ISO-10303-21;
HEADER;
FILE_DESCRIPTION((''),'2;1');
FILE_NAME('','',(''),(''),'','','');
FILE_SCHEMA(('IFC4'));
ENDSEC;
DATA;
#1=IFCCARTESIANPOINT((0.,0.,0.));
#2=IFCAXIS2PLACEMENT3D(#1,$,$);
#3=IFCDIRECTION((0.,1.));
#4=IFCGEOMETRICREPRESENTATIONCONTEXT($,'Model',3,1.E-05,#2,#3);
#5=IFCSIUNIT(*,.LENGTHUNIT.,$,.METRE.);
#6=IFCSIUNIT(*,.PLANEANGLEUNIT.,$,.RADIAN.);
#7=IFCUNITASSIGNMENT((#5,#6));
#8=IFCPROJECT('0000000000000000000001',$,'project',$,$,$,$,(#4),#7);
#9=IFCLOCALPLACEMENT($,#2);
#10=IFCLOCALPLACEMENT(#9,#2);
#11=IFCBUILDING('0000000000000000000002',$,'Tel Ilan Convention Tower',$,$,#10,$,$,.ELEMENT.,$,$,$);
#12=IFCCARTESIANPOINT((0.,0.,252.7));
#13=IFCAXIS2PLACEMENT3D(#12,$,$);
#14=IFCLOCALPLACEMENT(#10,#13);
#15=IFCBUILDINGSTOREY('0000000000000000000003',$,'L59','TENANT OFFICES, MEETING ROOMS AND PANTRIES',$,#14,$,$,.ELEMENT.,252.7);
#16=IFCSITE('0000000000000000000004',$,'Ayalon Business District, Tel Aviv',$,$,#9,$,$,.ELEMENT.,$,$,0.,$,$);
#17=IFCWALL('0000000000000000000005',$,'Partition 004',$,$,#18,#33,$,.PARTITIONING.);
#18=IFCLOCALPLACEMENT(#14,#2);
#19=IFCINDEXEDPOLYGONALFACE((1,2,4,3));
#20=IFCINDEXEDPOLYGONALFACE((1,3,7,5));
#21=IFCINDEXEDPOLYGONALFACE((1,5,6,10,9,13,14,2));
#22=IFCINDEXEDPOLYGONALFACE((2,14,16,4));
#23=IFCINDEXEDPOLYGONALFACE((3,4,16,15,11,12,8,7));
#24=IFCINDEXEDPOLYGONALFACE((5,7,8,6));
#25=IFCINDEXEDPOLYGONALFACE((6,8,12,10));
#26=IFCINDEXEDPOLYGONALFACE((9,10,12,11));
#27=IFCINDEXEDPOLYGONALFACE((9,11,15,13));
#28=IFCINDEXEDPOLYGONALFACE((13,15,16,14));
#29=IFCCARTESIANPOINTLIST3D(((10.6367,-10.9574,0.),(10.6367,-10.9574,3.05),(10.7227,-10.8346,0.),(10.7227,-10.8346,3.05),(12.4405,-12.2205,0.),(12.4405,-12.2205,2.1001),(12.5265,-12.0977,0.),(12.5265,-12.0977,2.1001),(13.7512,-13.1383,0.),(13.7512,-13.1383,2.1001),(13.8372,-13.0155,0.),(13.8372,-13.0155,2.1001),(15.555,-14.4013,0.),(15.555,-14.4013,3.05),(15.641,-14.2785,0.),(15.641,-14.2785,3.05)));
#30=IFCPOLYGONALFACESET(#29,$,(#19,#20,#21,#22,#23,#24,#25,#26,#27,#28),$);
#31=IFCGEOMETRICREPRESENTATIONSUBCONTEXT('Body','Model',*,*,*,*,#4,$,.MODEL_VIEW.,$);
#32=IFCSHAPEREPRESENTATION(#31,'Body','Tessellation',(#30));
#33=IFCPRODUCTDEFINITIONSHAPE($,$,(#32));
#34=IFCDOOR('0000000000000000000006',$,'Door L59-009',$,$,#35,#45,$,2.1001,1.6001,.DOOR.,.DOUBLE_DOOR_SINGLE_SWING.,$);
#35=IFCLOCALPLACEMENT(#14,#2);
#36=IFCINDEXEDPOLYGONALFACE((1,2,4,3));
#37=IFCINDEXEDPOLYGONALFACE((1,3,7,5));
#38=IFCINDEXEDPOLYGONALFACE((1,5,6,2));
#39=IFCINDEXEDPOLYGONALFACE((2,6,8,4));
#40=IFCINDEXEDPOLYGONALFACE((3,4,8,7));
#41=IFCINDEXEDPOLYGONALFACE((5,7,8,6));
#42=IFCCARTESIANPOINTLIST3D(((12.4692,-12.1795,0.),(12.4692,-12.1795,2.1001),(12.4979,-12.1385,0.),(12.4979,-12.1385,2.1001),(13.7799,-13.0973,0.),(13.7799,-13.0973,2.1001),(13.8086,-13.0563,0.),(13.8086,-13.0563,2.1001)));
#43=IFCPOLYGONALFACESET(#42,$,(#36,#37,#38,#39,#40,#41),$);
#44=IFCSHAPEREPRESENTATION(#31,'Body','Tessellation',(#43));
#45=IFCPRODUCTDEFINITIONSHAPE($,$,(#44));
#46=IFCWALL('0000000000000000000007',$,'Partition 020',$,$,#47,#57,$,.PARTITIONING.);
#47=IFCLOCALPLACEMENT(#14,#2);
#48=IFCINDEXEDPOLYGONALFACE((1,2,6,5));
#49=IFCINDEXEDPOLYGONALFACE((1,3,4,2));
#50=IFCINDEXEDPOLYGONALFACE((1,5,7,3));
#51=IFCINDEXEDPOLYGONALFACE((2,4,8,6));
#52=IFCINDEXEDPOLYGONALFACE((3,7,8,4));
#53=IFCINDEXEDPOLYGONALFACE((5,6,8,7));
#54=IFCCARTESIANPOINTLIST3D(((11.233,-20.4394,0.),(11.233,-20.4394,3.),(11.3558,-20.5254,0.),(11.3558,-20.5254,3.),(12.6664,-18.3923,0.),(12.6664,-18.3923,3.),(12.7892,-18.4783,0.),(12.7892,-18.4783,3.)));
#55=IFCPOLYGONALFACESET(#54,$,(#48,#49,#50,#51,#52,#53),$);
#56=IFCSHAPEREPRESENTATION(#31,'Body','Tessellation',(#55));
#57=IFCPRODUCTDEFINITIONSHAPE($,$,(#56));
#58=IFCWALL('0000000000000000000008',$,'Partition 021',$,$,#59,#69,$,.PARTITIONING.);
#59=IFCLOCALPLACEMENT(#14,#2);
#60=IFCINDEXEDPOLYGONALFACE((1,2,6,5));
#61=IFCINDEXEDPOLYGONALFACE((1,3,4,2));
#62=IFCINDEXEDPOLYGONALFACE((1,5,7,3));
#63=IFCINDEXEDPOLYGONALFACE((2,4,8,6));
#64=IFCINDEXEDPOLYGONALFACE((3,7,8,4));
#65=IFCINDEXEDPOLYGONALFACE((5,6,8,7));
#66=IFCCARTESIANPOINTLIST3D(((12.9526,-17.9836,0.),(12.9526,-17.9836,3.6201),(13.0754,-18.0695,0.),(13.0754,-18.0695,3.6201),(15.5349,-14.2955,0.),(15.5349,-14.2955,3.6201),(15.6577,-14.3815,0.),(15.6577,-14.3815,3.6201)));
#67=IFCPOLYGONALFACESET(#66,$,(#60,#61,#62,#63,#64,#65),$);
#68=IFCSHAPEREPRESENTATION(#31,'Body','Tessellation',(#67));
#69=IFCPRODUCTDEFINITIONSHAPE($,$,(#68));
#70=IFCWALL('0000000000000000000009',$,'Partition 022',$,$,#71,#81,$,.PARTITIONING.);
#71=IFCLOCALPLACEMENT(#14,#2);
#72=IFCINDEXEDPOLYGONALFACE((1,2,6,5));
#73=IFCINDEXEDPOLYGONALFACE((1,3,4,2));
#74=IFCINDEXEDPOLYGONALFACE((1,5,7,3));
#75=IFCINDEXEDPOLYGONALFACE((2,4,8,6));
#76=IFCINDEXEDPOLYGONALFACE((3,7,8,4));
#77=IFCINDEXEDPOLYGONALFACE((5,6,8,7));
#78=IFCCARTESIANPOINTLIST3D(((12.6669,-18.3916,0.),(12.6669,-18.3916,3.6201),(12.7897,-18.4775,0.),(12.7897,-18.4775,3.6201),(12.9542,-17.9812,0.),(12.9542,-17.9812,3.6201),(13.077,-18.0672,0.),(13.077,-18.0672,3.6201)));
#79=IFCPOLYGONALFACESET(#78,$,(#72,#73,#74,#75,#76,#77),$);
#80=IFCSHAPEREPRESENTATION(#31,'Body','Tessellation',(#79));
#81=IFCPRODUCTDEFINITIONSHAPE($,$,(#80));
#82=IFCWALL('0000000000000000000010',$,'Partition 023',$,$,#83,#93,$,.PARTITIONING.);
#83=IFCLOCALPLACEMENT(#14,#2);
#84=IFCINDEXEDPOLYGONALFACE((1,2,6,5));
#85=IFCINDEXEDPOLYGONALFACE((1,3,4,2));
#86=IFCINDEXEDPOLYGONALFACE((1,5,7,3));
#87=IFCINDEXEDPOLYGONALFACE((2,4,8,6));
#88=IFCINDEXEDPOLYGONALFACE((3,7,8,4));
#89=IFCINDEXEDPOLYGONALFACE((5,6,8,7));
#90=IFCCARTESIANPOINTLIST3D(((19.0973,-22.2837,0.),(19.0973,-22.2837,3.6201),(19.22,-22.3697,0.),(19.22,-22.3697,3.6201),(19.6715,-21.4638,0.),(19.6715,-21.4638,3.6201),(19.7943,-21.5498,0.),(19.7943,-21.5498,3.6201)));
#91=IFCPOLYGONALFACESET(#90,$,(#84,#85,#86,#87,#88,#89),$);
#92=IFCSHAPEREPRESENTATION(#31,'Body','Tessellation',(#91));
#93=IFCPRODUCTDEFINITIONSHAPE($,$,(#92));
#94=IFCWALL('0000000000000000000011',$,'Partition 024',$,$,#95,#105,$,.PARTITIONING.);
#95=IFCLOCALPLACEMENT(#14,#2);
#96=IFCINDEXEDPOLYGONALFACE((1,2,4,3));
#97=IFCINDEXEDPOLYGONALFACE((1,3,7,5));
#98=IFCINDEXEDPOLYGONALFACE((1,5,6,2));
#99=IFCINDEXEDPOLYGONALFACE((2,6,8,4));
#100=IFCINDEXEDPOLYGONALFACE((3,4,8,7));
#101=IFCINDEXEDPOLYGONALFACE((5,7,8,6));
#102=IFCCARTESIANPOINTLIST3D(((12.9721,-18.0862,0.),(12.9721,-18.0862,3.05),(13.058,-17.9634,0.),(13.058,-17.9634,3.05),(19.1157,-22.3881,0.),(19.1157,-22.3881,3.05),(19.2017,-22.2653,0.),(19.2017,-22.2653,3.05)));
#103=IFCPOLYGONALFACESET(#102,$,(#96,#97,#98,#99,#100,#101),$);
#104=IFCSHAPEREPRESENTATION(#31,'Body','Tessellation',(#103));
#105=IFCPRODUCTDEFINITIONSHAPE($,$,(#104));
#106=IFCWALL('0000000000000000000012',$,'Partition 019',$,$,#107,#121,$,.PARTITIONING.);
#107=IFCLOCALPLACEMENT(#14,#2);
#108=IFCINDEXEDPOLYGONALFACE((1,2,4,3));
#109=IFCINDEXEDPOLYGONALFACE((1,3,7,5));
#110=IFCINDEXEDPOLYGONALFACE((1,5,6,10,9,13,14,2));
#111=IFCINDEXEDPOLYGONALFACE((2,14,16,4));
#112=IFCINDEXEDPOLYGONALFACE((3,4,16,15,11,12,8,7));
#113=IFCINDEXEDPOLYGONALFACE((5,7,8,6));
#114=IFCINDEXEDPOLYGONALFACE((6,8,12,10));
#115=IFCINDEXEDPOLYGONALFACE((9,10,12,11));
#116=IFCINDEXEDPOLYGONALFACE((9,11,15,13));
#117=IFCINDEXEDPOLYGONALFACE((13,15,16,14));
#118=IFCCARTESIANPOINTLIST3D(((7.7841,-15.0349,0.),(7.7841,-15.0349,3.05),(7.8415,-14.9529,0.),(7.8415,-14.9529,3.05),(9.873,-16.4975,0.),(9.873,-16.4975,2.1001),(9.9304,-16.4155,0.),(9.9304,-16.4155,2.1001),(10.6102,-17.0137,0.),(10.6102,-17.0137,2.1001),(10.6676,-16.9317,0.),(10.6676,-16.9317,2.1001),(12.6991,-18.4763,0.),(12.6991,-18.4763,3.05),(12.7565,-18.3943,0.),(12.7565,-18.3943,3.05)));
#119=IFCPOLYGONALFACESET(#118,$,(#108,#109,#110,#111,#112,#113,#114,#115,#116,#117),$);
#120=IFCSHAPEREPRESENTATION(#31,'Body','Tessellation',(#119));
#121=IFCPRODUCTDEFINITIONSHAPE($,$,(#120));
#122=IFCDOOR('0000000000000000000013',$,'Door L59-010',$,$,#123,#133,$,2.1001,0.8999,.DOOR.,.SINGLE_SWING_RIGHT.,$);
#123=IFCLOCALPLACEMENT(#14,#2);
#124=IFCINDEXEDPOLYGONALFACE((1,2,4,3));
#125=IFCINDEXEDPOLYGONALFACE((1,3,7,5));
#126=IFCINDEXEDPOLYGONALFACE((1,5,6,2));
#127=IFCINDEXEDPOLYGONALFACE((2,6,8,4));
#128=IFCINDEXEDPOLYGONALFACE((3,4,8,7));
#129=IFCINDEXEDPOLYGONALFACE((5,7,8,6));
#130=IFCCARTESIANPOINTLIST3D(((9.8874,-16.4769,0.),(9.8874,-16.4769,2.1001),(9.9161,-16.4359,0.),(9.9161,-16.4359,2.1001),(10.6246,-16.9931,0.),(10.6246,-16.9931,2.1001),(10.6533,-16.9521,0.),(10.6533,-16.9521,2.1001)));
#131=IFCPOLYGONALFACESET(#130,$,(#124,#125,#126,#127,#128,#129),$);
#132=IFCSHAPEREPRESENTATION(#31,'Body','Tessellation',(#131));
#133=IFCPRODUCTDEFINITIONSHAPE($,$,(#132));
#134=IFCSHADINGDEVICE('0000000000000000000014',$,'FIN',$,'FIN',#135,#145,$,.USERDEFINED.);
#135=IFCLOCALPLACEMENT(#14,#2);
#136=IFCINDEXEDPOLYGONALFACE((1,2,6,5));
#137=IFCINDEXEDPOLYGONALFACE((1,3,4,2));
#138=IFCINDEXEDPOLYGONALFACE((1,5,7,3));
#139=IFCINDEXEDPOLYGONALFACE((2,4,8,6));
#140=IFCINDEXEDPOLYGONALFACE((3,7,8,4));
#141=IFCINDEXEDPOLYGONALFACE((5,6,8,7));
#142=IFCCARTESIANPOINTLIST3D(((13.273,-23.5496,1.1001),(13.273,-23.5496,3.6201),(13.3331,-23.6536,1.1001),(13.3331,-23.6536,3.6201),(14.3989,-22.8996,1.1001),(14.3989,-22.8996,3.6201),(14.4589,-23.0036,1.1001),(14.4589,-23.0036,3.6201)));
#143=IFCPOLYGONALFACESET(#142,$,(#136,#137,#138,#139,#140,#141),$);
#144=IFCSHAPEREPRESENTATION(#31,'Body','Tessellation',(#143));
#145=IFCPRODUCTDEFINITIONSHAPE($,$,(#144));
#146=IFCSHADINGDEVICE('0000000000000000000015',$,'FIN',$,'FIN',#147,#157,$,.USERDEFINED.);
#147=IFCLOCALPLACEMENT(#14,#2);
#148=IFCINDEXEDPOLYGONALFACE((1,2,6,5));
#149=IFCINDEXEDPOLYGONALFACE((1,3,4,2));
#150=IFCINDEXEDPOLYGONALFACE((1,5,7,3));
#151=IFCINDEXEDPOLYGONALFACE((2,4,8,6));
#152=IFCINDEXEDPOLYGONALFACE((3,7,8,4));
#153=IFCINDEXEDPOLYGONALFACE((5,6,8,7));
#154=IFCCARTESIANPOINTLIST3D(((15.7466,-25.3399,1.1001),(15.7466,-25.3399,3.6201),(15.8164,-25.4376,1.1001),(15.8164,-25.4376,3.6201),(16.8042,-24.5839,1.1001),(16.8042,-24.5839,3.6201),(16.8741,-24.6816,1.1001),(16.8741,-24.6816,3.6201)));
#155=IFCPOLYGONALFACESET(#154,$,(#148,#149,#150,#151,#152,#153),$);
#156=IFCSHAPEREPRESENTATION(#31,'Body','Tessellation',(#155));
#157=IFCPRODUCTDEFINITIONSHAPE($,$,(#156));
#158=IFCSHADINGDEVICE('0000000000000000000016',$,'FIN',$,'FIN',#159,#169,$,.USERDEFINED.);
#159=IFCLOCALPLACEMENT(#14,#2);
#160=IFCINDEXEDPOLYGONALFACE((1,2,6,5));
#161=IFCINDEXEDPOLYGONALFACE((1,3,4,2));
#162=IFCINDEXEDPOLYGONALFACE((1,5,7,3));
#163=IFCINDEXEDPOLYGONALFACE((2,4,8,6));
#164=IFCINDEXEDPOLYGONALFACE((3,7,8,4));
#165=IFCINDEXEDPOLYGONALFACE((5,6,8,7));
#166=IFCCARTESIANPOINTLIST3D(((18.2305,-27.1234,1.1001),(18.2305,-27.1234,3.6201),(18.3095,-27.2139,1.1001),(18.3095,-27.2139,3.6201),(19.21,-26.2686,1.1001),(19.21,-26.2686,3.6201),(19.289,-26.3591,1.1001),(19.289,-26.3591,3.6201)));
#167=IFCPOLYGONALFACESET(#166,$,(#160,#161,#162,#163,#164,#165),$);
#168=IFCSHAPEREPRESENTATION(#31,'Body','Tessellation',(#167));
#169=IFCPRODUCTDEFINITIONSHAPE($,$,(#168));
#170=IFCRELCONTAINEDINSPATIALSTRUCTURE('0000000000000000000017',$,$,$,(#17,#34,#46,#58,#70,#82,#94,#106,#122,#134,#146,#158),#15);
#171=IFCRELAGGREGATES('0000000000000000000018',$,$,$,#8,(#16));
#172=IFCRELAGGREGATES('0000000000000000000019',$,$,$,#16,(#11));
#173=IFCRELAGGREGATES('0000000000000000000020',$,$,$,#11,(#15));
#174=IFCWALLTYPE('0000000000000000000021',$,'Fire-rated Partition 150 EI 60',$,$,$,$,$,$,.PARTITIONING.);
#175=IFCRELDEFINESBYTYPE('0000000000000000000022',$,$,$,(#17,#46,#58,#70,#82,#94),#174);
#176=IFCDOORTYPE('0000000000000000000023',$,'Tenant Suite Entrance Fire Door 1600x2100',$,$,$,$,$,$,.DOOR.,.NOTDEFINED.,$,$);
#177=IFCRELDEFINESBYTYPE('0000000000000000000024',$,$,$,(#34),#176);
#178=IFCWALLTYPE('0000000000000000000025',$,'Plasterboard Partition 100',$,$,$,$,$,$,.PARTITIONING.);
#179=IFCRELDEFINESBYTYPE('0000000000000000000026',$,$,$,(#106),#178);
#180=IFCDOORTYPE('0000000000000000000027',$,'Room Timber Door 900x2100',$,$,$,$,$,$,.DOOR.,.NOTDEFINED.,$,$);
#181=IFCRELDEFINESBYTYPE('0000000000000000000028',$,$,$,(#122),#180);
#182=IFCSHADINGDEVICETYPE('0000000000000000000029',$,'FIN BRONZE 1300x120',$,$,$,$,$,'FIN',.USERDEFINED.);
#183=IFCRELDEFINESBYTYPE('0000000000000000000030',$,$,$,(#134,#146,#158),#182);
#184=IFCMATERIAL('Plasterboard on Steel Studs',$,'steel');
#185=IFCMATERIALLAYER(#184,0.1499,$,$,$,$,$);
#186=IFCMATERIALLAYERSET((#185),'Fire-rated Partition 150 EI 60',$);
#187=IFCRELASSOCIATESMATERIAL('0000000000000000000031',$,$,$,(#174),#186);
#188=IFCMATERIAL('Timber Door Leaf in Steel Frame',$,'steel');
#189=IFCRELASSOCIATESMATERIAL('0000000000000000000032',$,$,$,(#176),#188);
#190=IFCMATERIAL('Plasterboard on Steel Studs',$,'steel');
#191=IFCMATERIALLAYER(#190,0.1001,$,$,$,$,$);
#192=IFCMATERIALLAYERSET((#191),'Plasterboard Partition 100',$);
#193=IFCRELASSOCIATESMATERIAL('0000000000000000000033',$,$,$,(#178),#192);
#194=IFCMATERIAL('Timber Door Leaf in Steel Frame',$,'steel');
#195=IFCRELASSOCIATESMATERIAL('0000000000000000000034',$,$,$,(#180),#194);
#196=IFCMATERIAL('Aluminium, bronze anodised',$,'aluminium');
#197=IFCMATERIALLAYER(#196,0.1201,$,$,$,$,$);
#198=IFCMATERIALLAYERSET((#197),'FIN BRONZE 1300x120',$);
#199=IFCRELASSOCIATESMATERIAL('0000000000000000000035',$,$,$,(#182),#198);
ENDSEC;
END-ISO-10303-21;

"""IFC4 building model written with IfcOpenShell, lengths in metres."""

from ifc_helpers import new_model, si_unit, direction, frame, frame_2d, origin, origin_2d, place, context, subcontext, project, spatial, rectangle, extrude, material, layer, layer_set, type_object, element, fill, save


model = new_model("IFC4")

# Units and contexts
model_context = context("Model", 3, precision=1e-05, world=origin(), true_north=direction((0.0, 1.0)))
body_context = subcontext(model_context, "Body", "Model", "MODEL_VIEW")
ifc_project = project(units=[si_unit("LENGTHUNIT", "METRE"), si_unit("PLANEANGLEUNIT", "RADIAN")], contexts=[model_context])

# Site, building, storey
site_placement = place(None, origin())
site = spatial("IfcSite", under=ifc_project, at=site_placement, Name="Ayalon Business District, Tel Aviv", CompositionType="ELEMENT", RefElevation=0.0)
building_placement = place(site_placement, origin())
building = spatial("IfcBuilding", under=site, at=building_placement, Name="Tel Ilan Convention Tower", CompositionType="ELEMENT")
storey_placement = place(building_placement, frame((0.0, 0.0, 252.7)))
storey = spatial("IfcBuildingStorey", under=building, at=storey_placement, Name="L59", Description="TENANT OFFICES, MEETING ROOMS AND PANTRIES", CompositionType="ELEMENT", Elevation=252.7)

# Wall, opening, door
ifc_material_1 = material(Name="Plasterboard on Steel Studs", Category="steel")
ifc_layer_1 = layer(ifc_material_1, 0.1499)
ifc_layer_set_1 = layer_set([ifc_layer_1], Name="Fire-rated Partition 150 EI 60")
wall_type_1 = type_object("IfcWallType", Name="Fire-rated Partition 150 EI 60", PredefinedType="PARTITIONING", material=ifc_layer_set_1)
wall_1_placement = place(storey_placement, frame((15.5979, -14.3398, 0.0), z_axis=(0.0, 0.0, 1.0), x_axis=(-0.819146, 0.573585, 0.0)))
wall_1 = element("IfcWall", 1, at=wall_1_placement, inside=storey, type_object=wall_type_1, Name="Partition 004", PredefinedType="PARTITIONING", context=body_context, shape_type="SweptSolid", body=[
    extrude(rectangle(XDim=6.0042, YDim=0.1499, at=frame_2d((3.002, 0.0))), origin(), (0.0, 0.0, 1.0), 3.05),
])
opening_1_placement = place(wall_1_placement, frame((2.2019, 0.0, 0.0)))
opening_1 = element("IfcOpeningElement", 2, at=opening_1_placement, cuts=wall_1, PredefinedType="OPENING", context=body_context, shape_type="SweptSolid", body=[
    extrude(rectangle(XDim=1.6001, YDim=2.1001, at=frame_2d((0.8, 1.05))), frame((0.0, 0.085, 0.0), z_axis=(0.0, -1.0, 0.0), x_axis=(1.0, 0.0, 0.0)), (0.0, 0.0, 1.0), 0.1699),
])
ifc_material_2 = material(Name="Timber Door Leaf in Steel Frame", Category="steel")
door_type_1 = type_object("IfcDoorType", Name="Tenant Suite Entrance Fire Door 1600x2100", OperationType="NOTDEFINED", PredefinedType="DOOR", material=ifc_material_2)
door_1_placement = place(opening_1_placement, origin())
door_1 = element("IfcDoor", 3, at=door_1_placement, inside=storey, type_object=door_type_1, Name="Door L59-009", OperationType="DOUBLE_DOOR_SINGLE_SWING", OverallHeight=2.1001, OverallWidth=1.6001, PredefinedType="DOOR", context=body_context, shape_type="SweptSolid", body=[
    extrude(rectangle(XDim=1.6001, YDim=2.1001, at=frame_2d((0.8, 1.05))), frame((0.0, 0.0249, 0.0), z_axis=(0.0, -1.0, 0.0), x_axis=(1.0, 0.0, 0.0)), (0.0, 0.0, 1.0), 0.05),
])
fill(opening_1, door_1)

# Walls
wall_2_placement = place(storey_placement, frame((12.7278, -18.4353, 0.0), z_axis=(0.0, 0.0, 1.0), x_axis=(-0.573561, -0.819163, 0.0)))
element("IfcWall", 4, at=wall_2_placement, inside=storey, type_object=wall_type_1, Name="Partition 020", PredefinedType="PARTITIONING", context=body_context, shape_type="SweptSolid", body=[
    extrude(rectangle(XDim=2.499, YDim=0.1499, at=frame_2d((1.2495, 0.0))), origin(), (0.0, 0.0, 1.0), 3.0),
])
wall_3_placement = place(storey_placement, frame((15.5962, -14.3386, 0.0), z_axis=(0.0, 0.0, 1.0), x_axis=(-0.573564, -0.819161, 0.0)))
element("IfcWall", 5, at=wall_3_placement, inside=storey, type_object=wall_type_1, Name="Partition 021", PredefinedType="PARTITIONING", context=body_context, shape_type="SweptSolid", body=[
    extrude(rectangle(XDim=4.5022, YDim=0.1499, at=frame_2d((2.251, 0.0))), origin(), (0.0, 0.0, 1.0), 3.6201),
])
wall_4_placement = place(storey_placement, frame((13.0156, -18.0242, 0.0), z_axis=(0.0, 0.0, 1.0), x_axis=(-0.57356, -0.819163, 0.0)))
element("IfcWall", 6, at=wall_4_placement, inside=storey, type_object=wall_type_1, Name="Partition 022", PredefinedType="PARTITIONING", context=body_context, shape_type="SweptSolid", body=[
    extrude(rectangle(XDim=0.501, YDim=0.1499, at=frame_2d((0.2505, 0.0))), origin(), (0.0, 0.0, 1.0), 3.6201),
])
wall_5_placement = place(storey_placement, frame((19.7329, -21.5068, 0.0), z_axis=(0.0, 0.0, 1.0), x_axis=(-0.573692, -0.819071, 0.0)))
element("IfcWall", 7, at=wall_5_placement, inside=storey, type_object=wall_type_1, Name="Partition 023", PredefinedType="PARTITIONING", context=body_context, shape_type="SweptSolid", body=[
    extrude(rectangle(XDim=1.001, YDim=0.1499, at=frame_2d((0.5005, 0.0))), origin(), (0.0, 0.0, 1.0), 3.6201),
])
wall_6_placement = place(storey_placement, frame((19.1587, -22.3267, 0.0), z_axis=(0.0, 0.0, 1.0), x_axis=(-0.819152, 0.573576, 0.0)))
element("IfcWall", 8, at=wall_6_placement, inside=storey, type_object=wall_type_1, Name="Partition 024", PredefinedType="PARTITIONING", context=body_context, shape_type="SweptSolid", body=[
    extrude(rectangle(XDim=7.5, YDim=0.1499, at=frame_2d((3.75, 0.0))), origin(), (0.0, 0.0, 1.0), 3.05),
])

# Wall, opening, door
ifc_material_3 = material(Name="Plasterboard on Steel Studs", Category="steel")
ifc_layer_2 = layer(ifc_material_3, 0.1001)
ifc_layer_set_2 = layer_set([ifc_layer_2], Name="Plasterboard Partition 100")
wall_type_2 = type_object("IfcWallType", Name="Plasterboard Partition 100", PredefinedType="PARTITIONING", material=ifc_layer_set_2)
wall_7_placement = place(storey_placement, frame((12.7278, -18.4353, 0.0), z_axis=(0.0, 0.0, 1.0), x_axis=(-0.819163, 0.573561, 0.0)))
wall_7 = element("IfcWall", 9, at=wall_7_placement, inside=storey, type_object=wall_type_2, Name="Partition 019", PredefinedType="PARTITIONING", context=body_context, shape_type="SweptSolid", body=[
    extrude(rectangle(XDim=6.0, YDim=0.1001, at=frame_2d((3.0, 0.0))), origin(), (0.0, 0.0, 1.0), 3.05),
])
opening_2_placement = place(wall_7_placement, frame((2.55, 0.0, 0.0)))
opening_2 = element("IfcOpeningElement", 10, at=opening_2_placement, cuts=wall_7, PredefinedType="OPENING", context=body_context, shape_type="SweptSolid", body=[
    extrude(rectangle(XDim=0.8999, YDim=2.1001, at=frame_2d((0.45, 1.05))), frame((0.0, 0.0601, 0.0), z_axis=(0.0, -1.0, 0.0), x_axis=(1.0, 0.0, 0.0)), (0.0, 0.0, 1.0), 0.1201),
])
ifc_material_4 = material(Name="Timber Door Leaf in Steel Frame", Category="steel")
door_type_2 = type_object("IfcDoorType", Name="Room Timber Door 900x2100", OperationType="NOTDEFINED", PredefinedType="DOOR", material=ifc_material_4)
door_2_placement = place(opening_2_placement, origin())
door_2 = element("IfcDoor", 11, at=door_2_placement, inside=storey, type_object=door_type_2, Name="Door L59-010", OperationType="SINGLE_SWING_RIGHT", OverallHeight=2.1001, OverallWidth=0.8999, PredefinedType="DOOR", context=body_context, shape_type="SweptSolid", body=[
    extrude(rectangle(XDim=0.8999, YDim=2.1001, at=frame_2d((0.45, 1.05))), frame((0.0, 0.0249, 0.0), z_axis=(0.0, -1.0, 0.0), x_axis=(1.0, 0.0, 0.0)), (0.0, 0.0, 1.0), 0.05),
])
fill(opening_2, door_2)

# Shading devices
ifc_material_5 = material(Name="Aluminium, bronze anodised", Category="aluminium")
ifc_layer_3 = layer(ifc_material_5, 0.1201)
ifc_layer_set_3 = layer_set([ifc_layer_3], Name="FIN BRONZE 1300x120")
shading_device_type = type_object("IfcShadingDeviceType", Name="FIN BRONZE 1300x120", ElementType="FIN", PredefinedType="USERDEFINED", material=ifc_layer_set_3)
for number, where, z_axis, x_axis, name in (
    (12, (13.866, -23.2766, 1.1001), (0.0, 0.0, 1.0), (-0.866025, -0.5, 0.0), "FIN"),
    (13, (16.3103, -25.0107, 1.1001), (0.0, 0.0, 1.0), (-0.813552, -0.581492, 0.0), "FIN"),
    (14, (18.7598, -26.7412, 1.1001), (0.0, 0.0, 1.0), (-0.753436, -0.657521, 0.0), "FIN"),
):
    element("IfcShadingDevice", number, at=place(storey_placement, frame(where, z_axis=z_axis, x_axis=x_axis)), inside=storey, type_object=shading_device_type, Name=name, ObjectType="FIN", PredefinedType="USERDEFINED", context=body_context, shape_type="SweptSolid", body=[
        extrude(rectangle(XDim=1.3, YDim=0.1201, at=origin_2d()), origin(), (0.0, 0.0, 1.0), 2.52),
    ])

save(model, "model.ifc")
